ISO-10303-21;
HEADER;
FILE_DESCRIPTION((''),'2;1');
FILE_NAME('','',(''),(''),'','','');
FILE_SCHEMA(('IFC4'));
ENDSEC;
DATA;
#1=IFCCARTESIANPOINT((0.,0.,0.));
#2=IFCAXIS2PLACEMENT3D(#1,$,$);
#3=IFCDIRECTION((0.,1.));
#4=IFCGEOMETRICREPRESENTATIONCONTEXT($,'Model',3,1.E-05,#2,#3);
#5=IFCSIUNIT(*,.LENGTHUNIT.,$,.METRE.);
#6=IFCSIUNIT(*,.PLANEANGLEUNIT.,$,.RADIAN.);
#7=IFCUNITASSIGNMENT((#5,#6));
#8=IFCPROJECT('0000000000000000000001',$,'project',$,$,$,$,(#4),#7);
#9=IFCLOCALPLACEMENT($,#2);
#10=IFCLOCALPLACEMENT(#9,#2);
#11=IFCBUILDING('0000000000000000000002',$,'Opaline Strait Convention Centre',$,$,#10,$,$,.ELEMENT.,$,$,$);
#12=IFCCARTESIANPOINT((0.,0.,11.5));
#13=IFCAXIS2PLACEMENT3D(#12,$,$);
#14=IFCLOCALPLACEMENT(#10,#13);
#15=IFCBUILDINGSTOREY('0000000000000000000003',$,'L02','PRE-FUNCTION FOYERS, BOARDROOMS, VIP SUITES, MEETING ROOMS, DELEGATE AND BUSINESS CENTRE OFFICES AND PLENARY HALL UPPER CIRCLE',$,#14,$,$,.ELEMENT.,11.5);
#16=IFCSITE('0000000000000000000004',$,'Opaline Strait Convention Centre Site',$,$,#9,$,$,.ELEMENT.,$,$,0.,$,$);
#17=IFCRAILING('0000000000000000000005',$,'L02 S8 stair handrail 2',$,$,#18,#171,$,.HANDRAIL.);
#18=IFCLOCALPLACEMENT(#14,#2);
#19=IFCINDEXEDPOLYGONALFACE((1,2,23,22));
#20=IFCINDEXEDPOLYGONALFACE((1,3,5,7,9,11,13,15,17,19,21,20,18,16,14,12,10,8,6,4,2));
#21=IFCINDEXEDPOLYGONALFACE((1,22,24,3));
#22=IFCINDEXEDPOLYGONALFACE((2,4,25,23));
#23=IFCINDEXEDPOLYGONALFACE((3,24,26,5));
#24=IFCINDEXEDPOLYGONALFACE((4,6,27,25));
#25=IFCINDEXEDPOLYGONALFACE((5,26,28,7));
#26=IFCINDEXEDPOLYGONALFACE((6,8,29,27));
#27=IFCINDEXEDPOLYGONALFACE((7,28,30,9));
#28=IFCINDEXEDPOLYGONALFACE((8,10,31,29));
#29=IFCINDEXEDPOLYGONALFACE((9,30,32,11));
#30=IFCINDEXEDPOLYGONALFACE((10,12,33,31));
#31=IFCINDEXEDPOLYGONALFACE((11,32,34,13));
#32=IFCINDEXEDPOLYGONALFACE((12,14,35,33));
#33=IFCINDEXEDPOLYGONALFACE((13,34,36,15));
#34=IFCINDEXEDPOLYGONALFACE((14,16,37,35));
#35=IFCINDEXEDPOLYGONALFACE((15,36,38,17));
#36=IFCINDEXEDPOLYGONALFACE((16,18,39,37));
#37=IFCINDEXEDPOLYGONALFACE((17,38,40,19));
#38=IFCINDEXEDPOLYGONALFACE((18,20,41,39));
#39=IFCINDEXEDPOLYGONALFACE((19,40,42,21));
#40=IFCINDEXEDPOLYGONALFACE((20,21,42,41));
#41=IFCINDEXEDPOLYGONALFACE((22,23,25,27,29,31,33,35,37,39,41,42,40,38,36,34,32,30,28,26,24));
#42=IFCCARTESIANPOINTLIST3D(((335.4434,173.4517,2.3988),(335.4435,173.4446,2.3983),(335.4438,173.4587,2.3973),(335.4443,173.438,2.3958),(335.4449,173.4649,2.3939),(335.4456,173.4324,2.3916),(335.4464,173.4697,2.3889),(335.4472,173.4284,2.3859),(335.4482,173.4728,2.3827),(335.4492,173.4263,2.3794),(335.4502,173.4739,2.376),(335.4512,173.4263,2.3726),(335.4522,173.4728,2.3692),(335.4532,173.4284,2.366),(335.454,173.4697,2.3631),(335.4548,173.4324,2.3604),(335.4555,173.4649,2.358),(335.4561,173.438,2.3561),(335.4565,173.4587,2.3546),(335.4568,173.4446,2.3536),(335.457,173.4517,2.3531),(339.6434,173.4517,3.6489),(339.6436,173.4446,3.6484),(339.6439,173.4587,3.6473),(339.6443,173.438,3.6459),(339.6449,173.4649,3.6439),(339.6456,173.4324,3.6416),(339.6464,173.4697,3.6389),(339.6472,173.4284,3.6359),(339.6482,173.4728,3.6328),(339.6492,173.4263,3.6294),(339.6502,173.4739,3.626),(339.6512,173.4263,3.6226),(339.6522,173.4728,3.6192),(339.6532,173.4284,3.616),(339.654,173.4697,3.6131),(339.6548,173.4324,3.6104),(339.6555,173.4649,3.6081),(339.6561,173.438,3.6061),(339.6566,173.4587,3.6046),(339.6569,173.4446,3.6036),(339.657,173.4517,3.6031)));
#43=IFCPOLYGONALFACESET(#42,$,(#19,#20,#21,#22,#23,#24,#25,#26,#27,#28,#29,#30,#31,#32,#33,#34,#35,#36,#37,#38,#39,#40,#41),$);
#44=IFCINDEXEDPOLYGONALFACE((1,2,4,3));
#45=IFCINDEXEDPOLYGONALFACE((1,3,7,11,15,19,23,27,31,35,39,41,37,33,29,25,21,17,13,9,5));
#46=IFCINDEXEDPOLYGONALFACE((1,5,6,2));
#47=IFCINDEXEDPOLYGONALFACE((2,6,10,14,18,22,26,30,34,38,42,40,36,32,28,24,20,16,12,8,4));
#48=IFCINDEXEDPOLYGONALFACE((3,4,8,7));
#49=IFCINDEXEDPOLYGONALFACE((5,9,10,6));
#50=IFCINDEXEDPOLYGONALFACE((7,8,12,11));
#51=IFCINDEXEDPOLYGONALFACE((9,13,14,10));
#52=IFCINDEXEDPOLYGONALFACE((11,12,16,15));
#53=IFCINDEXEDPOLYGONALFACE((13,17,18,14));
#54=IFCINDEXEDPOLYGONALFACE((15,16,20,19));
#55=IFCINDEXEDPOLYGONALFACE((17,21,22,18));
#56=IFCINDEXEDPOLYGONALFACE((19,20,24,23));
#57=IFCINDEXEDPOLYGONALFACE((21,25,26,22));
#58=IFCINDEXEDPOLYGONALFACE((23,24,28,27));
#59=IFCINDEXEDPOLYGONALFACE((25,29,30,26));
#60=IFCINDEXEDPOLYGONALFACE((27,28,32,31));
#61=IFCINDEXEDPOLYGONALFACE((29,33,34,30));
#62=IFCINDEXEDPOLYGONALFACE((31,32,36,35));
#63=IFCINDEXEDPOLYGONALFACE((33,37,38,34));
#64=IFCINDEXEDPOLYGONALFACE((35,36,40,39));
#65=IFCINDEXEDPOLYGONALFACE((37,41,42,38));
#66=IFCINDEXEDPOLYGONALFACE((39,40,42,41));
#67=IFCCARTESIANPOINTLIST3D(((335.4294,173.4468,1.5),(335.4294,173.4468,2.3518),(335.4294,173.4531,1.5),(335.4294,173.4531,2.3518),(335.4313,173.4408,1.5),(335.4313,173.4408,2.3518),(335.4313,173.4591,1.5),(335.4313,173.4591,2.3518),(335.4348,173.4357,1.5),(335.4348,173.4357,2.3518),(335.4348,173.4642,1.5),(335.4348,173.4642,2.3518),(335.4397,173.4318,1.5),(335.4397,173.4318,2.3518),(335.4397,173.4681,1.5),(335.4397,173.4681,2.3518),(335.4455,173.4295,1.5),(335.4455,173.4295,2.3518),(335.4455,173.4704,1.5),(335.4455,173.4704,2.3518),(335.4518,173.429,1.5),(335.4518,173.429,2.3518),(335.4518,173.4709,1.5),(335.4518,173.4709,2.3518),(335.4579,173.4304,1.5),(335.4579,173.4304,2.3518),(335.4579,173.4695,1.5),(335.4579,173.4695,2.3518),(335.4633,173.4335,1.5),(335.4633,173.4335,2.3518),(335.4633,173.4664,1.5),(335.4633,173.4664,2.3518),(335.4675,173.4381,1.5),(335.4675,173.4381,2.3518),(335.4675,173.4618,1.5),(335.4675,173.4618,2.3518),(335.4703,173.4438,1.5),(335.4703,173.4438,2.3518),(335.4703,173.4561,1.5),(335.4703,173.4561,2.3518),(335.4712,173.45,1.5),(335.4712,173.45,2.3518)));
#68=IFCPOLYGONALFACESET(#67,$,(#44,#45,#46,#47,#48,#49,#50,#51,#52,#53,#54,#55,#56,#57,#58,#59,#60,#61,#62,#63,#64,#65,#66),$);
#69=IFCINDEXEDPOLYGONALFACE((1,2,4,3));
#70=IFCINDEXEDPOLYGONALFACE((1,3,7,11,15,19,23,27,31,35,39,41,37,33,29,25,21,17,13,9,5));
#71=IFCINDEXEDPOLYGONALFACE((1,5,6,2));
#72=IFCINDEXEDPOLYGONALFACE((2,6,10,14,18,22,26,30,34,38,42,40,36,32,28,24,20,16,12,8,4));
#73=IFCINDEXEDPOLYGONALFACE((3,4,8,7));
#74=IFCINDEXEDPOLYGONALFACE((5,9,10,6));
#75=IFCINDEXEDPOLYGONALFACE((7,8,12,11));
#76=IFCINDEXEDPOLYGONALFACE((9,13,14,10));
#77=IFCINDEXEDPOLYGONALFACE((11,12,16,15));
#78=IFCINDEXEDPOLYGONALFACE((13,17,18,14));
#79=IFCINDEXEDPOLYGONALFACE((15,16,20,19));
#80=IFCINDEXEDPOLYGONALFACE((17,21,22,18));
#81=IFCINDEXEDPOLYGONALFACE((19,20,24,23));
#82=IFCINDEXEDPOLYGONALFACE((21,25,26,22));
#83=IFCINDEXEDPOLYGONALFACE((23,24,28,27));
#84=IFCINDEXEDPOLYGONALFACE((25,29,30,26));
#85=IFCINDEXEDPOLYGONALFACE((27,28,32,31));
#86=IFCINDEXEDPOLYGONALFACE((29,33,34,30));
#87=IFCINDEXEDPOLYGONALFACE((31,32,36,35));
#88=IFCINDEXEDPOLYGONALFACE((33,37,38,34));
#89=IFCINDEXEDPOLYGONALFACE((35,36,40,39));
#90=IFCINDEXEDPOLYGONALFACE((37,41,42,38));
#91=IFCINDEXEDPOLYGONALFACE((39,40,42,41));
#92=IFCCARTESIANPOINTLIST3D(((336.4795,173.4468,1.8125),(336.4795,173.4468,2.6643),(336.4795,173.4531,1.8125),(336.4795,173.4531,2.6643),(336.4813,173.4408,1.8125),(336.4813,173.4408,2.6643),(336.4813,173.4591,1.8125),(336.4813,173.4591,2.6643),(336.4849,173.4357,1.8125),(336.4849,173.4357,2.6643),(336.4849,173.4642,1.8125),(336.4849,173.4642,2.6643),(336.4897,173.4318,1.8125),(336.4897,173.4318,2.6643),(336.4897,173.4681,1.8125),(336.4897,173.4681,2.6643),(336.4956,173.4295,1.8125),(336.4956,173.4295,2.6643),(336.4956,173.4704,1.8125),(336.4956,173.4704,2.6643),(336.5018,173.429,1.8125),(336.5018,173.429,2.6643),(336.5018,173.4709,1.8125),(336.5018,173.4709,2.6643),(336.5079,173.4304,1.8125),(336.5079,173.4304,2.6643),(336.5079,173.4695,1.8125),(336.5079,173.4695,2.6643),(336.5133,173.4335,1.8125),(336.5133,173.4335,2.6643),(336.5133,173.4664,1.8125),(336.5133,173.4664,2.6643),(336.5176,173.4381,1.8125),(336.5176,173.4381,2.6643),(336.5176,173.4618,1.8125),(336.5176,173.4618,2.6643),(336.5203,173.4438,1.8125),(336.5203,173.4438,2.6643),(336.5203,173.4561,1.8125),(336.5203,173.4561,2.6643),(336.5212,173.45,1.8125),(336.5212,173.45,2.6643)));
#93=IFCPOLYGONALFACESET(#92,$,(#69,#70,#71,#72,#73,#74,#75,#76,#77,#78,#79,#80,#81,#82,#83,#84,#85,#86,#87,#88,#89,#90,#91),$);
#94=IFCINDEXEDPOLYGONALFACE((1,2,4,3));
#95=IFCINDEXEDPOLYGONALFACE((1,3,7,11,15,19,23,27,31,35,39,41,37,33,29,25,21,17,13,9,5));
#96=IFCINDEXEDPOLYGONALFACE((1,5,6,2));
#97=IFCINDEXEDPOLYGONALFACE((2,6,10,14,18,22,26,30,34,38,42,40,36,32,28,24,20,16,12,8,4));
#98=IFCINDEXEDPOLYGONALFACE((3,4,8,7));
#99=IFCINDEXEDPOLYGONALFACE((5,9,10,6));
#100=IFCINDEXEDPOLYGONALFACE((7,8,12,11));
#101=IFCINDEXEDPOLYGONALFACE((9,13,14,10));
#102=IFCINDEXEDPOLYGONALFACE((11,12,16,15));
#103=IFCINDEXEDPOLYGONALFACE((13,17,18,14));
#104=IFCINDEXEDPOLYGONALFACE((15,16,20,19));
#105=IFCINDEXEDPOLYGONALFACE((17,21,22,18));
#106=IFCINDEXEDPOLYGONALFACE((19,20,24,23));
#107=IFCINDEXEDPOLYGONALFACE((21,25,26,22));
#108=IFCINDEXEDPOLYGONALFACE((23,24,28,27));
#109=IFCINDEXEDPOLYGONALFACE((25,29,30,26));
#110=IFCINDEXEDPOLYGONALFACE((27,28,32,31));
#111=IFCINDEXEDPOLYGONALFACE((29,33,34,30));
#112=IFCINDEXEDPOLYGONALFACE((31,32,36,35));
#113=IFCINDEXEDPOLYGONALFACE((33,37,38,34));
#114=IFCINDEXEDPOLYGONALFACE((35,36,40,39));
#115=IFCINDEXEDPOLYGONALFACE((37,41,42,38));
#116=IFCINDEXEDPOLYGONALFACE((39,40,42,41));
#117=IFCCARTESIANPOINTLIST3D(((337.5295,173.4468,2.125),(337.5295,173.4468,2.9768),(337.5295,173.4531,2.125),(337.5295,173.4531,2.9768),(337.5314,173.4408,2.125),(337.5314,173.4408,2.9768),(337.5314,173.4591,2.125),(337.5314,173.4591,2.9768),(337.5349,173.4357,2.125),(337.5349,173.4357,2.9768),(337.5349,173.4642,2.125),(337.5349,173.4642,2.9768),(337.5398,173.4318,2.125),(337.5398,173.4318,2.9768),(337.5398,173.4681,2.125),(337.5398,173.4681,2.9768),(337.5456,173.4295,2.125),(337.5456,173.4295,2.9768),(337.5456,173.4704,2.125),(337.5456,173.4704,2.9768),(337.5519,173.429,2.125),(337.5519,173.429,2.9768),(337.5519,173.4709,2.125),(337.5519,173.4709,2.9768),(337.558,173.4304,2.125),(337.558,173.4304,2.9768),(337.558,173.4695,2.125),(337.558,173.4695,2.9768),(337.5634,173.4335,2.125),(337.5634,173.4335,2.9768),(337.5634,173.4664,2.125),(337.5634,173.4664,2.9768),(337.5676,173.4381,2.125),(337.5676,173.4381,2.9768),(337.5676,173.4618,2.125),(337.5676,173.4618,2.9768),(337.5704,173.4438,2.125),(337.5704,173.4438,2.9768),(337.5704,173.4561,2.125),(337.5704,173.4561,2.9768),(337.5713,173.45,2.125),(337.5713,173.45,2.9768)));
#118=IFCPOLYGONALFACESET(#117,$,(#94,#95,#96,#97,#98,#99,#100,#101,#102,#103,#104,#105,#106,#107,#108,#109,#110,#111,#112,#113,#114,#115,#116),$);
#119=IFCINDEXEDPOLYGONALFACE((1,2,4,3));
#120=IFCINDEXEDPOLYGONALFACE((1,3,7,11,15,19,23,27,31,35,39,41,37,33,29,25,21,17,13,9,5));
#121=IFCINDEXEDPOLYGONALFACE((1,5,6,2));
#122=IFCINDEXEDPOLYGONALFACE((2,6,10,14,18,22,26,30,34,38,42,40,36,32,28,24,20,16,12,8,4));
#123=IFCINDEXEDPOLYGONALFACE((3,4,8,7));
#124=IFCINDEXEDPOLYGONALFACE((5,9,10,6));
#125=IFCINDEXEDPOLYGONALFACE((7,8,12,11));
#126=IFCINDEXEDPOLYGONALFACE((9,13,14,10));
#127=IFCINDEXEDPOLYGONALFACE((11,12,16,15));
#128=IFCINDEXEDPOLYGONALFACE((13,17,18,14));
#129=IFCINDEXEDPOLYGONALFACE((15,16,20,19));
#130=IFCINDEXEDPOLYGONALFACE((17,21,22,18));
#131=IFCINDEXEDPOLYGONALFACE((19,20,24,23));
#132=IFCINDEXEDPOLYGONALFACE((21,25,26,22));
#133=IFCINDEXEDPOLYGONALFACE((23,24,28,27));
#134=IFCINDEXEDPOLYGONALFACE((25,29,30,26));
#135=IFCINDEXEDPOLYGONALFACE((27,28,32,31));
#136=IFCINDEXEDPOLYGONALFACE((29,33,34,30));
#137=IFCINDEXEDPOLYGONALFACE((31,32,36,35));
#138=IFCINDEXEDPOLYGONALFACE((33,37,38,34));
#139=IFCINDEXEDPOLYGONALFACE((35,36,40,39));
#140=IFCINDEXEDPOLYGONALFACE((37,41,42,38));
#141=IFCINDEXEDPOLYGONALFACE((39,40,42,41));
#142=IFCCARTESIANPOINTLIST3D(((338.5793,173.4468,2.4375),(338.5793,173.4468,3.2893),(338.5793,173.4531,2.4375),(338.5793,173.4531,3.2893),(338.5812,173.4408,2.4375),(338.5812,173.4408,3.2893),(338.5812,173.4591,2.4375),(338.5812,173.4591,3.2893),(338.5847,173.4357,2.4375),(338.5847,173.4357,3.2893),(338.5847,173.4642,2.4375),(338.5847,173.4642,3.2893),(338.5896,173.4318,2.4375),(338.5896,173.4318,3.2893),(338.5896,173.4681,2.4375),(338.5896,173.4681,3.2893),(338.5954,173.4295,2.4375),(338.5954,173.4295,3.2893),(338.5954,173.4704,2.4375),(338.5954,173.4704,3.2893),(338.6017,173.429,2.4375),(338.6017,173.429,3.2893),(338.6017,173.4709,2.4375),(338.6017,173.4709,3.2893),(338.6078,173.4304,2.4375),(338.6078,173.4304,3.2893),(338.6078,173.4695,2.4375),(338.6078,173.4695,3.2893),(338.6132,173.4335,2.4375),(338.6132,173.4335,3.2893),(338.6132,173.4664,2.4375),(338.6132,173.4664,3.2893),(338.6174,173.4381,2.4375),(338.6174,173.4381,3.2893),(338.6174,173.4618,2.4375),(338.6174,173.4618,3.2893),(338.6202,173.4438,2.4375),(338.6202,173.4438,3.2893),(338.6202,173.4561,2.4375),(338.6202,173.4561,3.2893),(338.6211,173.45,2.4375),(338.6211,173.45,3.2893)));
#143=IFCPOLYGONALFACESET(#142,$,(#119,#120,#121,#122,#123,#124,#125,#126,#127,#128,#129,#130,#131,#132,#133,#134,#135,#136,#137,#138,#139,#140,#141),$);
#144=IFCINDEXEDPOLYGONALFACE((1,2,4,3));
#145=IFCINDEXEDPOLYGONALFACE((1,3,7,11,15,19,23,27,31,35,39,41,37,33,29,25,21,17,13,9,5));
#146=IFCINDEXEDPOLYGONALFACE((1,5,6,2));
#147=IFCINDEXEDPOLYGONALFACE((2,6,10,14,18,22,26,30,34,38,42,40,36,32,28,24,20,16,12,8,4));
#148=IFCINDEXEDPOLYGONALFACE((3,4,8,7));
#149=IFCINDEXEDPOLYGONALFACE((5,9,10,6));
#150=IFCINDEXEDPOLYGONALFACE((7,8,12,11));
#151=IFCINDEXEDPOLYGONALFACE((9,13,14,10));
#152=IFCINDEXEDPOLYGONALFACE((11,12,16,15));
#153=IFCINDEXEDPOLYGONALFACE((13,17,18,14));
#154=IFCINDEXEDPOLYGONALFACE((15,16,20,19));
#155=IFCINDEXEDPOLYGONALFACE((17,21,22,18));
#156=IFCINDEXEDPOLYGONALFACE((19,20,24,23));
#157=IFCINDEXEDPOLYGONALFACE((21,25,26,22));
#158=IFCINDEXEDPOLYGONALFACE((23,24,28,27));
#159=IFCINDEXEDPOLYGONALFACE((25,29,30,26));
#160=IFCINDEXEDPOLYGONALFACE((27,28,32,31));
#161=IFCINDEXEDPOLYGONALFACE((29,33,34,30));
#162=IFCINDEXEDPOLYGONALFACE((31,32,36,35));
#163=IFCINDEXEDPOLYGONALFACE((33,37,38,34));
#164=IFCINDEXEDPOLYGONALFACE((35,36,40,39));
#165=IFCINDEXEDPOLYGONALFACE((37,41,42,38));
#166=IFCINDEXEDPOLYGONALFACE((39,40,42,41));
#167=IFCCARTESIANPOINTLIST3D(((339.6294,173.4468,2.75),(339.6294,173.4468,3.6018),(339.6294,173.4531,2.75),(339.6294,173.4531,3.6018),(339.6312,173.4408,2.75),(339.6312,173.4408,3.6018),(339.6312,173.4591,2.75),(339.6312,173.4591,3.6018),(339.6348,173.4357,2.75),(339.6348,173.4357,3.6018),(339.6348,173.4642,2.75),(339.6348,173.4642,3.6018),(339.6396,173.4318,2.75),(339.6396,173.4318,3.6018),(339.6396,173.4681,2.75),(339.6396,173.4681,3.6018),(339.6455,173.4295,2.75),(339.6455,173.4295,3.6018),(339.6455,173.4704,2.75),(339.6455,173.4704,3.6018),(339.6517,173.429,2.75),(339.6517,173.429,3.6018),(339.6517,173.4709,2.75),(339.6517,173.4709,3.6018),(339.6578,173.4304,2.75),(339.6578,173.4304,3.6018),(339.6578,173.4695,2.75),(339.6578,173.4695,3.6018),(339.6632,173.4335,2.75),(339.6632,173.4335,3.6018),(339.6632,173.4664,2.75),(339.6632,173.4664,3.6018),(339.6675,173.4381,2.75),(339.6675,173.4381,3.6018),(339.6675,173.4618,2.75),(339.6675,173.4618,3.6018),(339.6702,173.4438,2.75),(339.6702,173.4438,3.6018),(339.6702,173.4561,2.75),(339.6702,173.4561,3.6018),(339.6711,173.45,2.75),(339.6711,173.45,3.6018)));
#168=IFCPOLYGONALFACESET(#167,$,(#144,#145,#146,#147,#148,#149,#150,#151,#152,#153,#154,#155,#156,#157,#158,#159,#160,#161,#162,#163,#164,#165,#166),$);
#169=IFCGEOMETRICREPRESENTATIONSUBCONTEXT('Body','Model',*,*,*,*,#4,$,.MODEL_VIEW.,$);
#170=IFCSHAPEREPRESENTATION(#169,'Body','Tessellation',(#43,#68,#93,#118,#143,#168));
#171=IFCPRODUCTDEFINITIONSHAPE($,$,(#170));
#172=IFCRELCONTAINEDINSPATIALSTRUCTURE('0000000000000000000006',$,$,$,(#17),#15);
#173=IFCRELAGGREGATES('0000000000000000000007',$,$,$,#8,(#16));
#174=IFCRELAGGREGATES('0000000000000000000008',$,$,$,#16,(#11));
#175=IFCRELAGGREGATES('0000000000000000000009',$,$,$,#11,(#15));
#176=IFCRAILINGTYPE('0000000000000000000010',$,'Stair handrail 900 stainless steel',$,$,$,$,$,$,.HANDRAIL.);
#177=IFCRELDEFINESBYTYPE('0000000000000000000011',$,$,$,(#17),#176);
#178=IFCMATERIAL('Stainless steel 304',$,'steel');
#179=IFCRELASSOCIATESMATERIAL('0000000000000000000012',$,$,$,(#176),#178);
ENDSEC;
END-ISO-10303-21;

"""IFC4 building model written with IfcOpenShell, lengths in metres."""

from ifc_helpers import new_model, si_unit, direction, frame, origin, origin_2d, place, context, subcontext, project, spatial, circle, extrude, material, type_object, element, save


model = new_model("IFC4")

# Units and contexts
model_context = context("Model", 3, precision=1e-05, world=origin(), true_north=direction((0.0, 1.0)))
body_context = subcontext(model_context, "Body", "Model", "MODEL_VIEW")
ifc_project = project(units=[si_unit("LENGTHUNIT", "METRE"), si_unit("PLANEANGLEUNIT", "RADIAN")], contexts=[model_context])

# Site, building, storey
site_placement = place(None, origin())
site = spatial("IfcSite", under=ifc_project, at=site_placement, Name="Opaline Strait Convention Centre Site", CompositionType="ELEMENT", RefElevation=0.0)
building_placement = place(site_placement, origin())
building = spatial("IfcBuilding", under=site, at=building_placement, Name="Opaline Strait Convention Centre", CompositionType="ELEMENT")
storey_placement = place(building_placement, frame((0.0, 0.0, 11.5)))
storey = spatial("IfcBuildingStorey", under=building, at=storey_placement, Name="L02", Description="PRE-FUNCTION FOYERS, BOARDROOMS, VIP SUITES, MEETING ROOMS, DELEGATE AND BUSINESS CENTRE OFFICES AND PLENARY HALL UPPER CIRCLE", CompositionType="ELEMENT", Elevation=11.5)

# Railing
ifc_material_1 = material(Name="Stainless steel 304", Category="steel")
railing_type_1 = type_object("IfcRailingType", Name="Stair handrail 900 stainless steel", PredefinedType="HANDRAIL", material=ifc_material_1)
for number, where, name in (
    (1, (335.4502, 173.45, 1.5), "L02 S8 stair handrail 2"),
):
    element("IfcRailing", number, at=place(storey_placement, frame(where)), inside=storey, type_object=railing_type_1, Name=name, PredefinedType="HANDRAIL", context=body_context, shape_type="SweptSolid", body=[
        extrude(circle(Radius=0.0239, at=origin_2d()), frame((0.0, 0.0, 0.876), z_axis=(0.958451, 0.0, 0.285257), x_axis=(0.0, 1.0, 0.0)), (0.0, 0.0, 1.0), 4.3821),
        extrude(circle(Radius=0.021, at=origin_2d()), origin(), (0.0, 0.0, 1.0), 0.8518),
        extrude(circle(Radius=0.021, at=origin_2d()), frame((1.05, 0.0, 0.3125)), (0.0, 0.0, 1.0), 0.8518),
        extrude(circle(Radius=0.021, at=origin_2d()), frame((2.1001, 0.0, 0.625)), (0.0, 0.0, 1.0), 0.8518),
        extrude(circle(Radius=0.021, at=origin_2d()), frame((3.1499, 0.0, 0.9375)), (0.0, 0.0, 1.0), 0.8518),
        extrude(circle(Radius=0.021, at=origin_2d()), frame((4.2, 0.0, 1.25)), (0.0, 0.0, 1.0), 0.8518),
    ])

save(model, "model.ifc")
